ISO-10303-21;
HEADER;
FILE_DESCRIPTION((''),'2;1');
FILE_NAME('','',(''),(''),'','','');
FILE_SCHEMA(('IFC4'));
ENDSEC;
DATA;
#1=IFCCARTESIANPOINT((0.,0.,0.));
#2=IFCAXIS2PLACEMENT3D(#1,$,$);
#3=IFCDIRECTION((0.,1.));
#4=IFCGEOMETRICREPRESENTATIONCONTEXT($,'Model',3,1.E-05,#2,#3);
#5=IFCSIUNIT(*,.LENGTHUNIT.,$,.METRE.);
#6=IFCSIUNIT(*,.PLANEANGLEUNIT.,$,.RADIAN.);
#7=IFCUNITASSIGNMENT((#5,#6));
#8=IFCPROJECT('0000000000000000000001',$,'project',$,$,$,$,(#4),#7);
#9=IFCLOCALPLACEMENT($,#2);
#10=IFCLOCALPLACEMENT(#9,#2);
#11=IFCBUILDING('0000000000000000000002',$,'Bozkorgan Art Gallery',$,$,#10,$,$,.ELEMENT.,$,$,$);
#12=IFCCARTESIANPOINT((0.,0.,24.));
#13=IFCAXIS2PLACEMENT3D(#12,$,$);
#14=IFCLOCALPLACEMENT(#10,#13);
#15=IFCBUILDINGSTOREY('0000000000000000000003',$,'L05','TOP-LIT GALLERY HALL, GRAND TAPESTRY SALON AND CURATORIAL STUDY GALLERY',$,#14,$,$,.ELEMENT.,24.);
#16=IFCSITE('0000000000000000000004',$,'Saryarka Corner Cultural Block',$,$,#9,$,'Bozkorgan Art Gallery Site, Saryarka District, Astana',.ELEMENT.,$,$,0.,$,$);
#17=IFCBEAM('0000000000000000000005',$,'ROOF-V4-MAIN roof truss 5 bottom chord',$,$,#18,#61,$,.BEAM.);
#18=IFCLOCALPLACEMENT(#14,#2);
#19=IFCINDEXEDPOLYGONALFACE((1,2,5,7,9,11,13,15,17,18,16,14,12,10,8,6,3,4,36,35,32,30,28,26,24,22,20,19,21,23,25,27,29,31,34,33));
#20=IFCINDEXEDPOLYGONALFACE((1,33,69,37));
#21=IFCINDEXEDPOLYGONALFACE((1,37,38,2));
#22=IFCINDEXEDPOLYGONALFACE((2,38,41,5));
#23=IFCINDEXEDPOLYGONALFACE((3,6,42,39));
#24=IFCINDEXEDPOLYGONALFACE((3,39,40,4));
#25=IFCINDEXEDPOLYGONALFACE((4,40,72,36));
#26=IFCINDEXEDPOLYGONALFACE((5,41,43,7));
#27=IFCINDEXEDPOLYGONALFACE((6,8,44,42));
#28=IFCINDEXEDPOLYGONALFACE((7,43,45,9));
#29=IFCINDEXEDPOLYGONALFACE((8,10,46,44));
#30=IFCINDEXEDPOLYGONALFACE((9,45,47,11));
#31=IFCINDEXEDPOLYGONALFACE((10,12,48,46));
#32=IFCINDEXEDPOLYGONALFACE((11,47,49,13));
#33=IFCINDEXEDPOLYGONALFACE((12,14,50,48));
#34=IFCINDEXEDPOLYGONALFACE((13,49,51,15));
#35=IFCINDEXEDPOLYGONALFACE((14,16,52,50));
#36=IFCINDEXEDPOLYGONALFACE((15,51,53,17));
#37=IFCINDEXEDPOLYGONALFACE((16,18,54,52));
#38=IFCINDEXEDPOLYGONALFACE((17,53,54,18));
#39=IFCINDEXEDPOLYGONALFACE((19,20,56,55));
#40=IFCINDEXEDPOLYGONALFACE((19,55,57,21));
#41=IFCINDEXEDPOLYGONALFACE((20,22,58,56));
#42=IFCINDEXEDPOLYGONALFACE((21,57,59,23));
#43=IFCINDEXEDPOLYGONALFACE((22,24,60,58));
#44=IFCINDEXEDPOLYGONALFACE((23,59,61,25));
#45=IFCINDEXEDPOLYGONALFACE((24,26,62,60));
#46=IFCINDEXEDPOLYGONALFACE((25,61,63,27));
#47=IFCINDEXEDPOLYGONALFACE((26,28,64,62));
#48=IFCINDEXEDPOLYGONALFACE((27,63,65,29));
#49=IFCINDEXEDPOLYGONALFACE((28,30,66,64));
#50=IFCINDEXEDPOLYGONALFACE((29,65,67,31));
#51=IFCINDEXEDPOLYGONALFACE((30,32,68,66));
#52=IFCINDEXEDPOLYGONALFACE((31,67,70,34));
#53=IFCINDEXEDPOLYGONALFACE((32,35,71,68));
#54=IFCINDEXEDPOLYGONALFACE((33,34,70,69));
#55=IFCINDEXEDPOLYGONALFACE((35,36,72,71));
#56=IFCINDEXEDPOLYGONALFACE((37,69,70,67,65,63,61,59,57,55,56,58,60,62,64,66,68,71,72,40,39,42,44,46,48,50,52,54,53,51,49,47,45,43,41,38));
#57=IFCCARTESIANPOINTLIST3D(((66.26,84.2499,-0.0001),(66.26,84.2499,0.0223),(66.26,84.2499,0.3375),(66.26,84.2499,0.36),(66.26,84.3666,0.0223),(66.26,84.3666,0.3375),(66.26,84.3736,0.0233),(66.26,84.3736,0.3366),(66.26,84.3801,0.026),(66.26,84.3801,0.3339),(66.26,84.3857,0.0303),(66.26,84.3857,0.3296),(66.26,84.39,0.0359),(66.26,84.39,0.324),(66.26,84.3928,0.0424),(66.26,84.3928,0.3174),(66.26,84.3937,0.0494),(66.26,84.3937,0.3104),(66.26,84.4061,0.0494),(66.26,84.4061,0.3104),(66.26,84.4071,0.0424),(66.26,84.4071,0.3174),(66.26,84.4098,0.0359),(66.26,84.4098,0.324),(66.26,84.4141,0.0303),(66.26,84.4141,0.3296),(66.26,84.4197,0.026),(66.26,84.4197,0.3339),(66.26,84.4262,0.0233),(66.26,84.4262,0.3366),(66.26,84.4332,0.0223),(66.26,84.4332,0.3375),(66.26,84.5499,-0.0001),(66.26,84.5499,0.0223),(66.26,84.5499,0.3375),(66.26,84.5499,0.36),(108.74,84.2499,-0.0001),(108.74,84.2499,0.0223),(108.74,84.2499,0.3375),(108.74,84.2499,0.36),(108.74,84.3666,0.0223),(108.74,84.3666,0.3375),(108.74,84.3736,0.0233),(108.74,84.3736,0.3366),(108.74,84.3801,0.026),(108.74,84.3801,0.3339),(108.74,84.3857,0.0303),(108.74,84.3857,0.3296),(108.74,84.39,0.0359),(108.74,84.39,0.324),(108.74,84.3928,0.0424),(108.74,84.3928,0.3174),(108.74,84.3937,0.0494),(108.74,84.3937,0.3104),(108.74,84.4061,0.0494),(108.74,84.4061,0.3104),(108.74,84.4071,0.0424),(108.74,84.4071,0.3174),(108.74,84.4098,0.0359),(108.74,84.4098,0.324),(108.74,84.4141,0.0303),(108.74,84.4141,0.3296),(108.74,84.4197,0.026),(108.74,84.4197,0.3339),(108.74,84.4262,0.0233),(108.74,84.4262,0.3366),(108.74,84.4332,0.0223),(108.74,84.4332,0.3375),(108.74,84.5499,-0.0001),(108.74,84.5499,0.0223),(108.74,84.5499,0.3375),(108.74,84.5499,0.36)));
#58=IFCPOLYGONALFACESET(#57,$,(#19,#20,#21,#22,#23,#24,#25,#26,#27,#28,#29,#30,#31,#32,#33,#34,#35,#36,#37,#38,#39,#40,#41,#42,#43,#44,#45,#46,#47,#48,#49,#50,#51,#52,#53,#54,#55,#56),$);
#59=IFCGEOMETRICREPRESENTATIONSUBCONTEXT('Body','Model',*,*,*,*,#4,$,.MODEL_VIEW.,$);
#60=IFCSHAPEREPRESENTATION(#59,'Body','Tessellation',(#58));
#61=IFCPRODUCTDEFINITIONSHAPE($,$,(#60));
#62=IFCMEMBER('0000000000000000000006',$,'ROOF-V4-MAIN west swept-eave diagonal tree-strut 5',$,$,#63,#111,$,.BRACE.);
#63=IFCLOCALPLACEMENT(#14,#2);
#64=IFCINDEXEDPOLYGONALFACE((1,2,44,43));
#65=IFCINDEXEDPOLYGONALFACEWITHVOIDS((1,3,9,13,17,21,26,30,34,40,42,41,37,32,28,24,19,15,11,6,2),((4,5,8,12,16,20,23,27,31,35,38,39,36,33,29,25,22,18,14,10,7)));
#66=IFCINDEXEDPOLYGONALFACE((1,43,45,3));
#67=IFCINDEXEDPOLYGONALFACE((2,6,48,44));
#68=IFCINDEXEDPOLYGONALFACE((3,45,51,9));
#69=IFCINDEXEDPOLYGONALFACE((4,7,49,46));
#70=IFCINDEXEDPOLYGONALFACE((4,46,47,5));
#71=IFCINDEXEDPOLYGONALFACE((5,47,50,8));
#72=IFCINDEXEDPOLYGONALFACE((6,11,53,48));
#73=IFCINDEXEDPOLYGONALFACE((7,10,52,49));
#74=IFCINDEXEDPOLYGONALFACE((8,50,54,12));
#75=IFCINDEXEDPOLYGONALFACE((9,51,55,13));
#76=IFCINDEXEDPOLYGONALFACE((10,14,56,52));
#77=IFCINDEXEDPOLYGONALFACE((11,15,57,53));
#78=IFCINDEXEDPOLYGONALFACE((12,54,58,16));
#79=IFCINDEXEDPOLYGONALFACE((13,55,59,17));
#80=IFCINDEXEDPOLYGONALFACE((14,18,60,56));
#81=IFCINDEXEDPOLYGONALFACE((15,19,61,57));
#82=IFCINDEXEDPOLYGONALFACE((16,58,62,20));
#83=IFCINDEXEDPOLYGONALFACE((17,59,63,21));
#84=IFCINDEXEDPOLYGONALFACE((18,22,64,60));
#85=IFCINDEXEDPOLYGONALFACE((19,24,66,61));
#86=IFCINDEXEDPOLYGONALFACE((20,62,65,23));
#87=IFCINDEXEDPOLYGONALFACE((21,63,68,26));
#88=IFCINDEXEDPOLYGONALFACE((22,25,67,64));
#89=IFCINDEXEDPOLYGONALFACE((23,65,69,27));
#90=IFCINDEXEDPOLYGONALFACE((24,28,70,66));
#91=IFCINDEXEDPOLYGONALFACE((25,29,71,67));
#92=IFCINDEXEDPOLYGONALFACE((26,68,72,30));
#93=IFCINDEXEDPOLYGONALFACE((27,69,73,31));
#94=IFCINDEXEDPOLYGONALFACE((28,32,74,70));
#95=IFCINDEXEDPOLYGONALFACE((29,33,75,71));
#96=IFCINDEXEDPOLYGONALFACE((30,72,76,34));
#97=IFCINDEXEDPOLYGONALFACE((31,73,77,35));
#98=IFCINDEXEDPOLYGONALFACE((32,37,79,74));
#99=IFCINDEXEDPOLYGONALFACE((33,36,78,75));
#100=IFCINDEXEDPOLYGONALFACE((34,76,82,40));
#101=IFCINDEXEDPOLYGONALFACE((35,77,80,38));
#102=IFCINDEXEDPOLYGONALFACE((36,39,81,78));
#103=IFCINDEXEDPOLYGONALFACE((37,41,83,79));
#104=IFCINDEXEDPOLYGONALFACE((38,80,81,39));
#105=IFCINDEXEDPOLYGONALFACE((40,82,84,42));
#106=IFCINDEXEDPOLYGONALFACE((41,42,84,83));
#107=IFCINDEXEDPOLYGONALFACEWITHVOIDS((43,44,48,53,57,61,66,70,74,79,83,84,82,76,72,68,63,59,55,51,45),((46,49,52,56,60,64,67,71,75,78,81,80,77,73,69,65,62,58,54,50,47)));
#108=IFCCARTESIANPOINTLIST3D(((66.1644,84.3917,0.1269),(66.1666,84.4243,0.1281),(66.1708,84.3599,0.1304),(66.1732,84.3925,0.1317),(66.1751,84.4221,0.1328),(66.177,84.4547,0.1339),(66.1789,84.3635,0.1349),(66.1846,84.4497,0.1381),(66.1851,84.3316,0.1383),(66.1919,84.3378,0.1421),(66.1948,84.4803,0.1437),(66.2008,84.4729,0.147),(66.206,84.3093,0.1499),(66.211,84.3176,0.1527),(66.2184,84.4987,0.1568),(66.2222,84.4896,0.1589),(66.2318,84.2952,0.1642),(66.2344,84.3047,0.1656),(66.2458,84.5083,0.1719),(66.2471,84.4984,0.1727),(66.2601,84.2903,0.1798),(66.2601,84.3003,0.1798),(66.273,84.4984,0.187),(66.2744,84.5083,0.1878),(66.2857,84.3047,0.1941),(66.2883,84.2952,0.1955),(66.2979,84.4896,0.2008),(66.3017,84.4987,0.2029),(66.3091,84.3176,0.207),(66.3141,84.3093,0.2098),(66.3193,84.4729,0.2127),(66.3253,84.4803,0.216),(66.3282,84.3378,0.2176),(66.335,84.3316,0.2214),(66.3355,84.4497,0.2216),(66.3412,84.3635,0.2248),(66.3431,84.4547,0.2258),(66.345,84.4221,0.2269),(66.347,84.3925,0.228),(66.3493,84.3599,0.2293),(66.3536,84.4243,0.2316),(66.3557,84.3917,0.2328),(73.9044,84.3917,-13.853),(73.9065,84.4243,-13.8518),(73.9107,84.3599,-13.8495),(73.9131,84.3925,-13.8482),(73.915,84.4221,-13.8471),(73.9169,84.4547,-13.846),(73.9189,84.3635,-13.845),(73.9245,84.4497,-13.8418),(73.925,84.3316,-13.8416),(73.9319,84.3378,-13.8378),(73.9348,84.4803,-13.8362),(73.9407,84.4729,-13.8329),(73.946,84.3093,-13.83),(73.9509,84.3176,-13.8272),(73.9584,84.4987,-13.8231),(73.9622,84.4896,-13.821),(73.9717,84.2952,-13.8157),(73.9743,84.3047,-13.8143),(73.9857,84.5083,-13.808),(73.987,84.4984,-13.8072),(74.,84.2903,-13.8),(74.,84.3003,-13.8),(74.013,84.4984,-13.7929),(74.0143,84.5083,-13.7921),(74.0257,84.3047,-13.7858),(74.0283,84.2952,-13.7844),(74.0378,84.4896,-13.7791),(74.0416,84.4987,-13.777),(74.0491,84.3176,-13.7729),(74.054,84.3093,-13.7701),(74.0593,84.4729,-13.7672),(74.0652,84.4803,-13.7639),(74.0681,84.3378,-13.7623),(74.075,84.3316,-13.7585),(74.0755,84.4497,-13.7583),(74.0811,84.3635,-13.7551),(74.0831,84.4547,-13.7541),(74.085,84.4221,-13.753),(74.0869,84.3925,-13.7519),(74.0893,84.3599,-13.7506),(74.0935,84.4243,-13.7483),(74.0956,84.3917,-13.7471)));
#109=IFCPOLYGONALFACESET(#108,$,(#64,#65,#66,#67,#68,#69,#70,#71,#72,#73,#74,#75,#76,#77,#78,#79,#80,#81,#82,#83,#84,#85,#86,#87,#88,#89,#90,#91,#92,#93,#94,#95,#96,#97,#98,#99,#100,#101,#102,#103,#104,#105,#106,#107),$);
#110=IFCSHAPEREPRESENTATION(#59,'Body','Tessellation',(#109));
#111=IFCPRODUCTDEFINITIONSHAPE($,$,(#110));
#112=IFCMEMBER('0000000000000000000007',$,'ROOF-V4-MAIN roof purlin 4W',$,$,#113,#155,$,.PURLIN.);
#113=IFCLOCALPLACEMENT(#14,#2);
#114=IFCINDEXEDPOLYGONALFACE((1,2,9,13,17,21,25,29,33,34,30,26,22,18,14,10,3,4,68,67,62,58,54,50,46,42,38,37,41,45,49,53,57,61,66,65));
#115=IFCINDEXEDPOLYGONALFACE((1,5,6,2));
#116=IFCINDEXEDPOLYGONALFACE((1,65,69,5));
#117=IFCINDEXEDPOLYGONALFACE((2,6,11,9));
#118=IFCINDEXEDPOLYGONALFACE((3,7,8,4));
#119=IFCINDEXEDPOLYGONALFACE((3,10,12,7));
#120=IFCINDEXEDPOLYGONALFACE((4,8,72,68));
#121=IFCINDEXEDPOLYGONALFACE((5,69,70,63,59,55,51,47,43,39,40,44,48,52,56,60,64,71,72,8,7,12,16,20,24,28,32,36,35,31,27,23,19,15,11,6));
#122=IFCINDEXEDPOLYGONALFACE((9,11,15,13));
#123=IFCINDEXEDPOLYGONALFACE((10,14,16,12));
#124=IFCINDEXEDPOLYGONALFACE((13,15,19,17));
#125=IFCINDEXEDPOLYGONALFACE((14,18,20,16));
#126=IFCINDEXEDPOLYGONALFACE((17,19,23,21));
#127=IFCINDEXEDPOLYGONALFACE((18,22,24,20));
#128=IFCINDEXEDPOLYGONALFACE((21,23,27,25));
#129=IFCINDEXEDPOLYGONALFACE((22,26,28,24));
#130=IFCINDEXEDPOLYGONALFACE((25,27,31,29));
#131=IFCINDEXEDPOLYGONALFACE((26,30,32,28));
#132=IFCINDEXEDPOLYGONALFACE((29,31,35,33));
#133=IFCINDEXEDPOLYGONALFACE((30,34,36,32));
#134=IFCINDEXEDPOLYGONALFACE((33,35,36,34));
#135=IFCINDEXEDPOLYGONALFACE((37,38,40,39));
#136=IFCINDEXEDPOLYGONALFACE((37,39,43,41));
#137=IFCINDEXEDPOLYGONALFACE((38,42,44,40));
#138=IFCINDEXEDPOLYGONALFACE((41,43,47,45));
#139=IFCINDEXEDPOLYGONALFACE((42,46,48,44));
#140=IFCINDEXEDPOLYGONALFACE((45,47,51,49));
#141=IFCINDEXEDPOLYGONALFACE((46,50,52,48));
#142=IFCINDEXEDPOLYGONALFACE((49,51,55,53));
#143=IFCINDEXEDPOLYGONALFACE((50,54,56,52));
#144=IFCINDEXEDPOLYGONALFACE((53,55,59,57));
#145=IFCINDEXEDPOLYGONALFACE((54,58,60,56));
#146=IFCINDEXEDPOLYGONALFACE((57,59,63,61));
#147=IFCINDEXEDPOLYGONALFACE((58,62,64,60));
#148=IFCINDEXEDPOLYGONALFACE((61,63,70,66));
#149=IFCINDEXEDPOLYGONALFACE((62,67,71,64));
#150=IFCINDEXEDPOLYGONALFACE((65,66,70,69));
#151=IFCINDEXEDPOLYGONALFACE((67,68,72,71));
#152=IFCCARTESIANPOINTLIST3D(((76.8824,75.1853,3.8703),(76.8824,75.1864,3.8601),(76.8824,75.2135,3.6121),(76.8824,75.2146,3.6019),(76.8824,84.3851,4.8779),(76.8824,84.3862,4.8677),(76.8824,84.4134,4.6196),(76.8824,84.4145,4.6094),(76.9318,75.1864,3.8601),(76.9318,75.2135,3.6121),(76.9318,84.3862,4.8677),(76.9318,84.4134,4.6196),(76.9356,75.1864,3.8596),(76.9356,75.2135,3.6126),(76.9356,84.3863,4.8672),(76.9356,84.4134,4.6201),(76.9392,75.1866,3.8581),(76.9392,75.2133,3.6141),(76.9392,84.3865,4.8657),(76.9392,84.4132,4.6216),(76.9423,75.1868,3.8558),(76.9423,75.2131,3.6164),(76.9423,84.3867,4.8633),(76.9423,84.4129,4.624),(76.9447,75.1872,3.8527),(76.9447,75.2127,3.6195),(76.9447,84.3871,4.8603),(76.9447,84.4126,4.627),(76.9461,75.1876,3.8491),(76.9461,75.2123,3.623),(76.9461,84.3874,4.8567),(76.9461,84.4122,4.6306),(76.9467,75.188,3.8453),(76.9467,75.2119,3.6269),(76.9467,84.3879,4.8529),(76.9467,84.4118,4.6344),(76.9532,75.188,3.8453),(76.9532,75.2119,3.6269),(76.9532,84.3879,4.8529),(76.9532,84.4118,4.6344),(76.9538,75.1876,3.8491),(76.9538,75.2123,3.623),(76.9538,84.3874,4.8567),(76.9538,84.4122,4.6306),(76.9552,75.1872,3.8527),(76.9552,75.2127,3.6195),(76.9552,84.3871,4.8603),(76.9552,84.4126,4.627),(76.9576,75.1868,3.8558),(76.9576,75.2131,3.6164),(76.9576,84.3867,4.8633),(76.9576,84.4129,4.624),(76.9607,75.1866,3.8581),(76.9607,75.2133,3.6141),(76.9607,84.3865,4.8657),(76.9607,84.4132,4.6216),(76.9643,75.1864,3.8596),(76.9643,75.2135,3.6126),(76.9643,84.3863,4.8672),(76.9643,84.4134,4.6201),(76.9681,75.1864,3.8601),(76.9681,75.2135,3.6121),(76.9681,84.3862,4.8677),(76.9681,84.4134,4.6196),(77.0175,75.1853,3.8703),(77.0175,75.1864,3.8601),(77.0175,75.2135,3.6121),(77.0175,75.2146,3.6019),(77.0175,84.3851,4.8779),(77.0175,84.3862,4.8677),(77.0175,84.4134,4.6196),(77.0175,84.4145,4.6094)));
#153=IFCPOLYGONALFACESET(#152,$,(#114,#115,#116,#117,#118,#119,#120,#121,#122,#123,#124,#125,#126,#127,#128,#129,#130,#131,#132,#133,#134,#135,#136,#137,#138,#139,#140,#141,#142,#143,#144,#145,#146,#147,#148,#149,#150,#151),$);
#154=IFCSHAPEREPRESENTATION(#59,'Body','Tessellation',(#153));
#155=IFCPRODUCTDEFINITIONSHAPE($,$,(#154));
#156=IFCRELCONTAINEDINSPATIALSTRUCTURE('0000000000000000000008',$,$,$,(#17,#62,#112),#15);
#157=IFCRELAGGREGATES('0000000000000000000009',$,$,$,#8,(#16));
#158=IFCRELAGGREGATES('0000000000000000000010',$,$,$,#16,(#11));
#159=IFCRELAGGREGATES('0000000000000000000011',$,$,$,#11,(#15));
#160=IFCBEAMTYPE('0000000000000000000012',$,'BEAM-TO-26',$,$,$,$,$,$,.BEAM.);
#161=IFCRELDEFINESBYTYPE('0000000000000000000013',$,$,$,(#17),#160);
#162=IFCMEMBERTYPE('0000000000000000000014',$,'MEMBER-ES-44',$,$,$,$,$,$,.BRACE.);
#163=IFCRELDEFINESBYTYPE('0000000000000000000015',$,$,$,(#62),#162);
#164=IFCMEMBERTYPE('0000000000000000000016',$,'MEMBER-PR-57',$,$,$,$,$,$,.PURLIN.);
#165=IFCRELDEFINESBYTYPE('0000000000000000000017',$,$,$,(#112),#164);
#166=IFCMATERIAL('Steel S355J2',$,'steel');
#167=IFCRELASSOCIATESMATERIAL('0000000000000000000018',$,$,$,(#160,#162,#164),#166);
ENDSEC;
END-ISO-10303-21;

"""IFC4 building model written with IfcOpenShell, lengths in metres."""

from ifc_helpers import new_model, si_unit, direction, frame, origin, origin_2d, place, context, subcontext, project, spatial, hollow_circle, i_section, extrude, material, material_profile, profile_set, type_object, element, save


model = new_model("IFC4")

# Units and contexts
model_context = context("Model", 3, precision=1e-05, world=origin(), true_north=direction((0.0, 1.0)))
body_context = subcontext(model_context, "Body", "Model", "MODEL_VIEW")
ifc_project = project(units=[si_unit("LENGTHUNIT", "METRE"), si_unit("PLANEANGLEUNIT", "RADIAN")], contexts=[model_context])

# Site, building, storey
site_placement = place(None, origin())
site = spatial("IfcSite", under=ifc_project, at=site_placement, Name="Saryarka Corner Cultural Block", LongName="Bozkorgan Art Gallery Site, Saryarka District, Astana", CompositionType="ELEMENT", RefElevation=0.0)
building_placement = place(site_placement, origin())
building = spatial("IfcBuilding", under=site, at=building_placement, Name="Bozkorgan Art Gallery", CompositionType="ELEMENT")
storey_placement = place(building_placement, frame((0.0, 0.0, 24.0)))
storey = spatial("IfcBuildingStorey", under=building, at=storey_placement, Name="L05", Description="TOP-LIT GALLERY HALL, GRAND TAPESTRY SALON AND CURATORIAL STUDY GALLERY", CompositionType="ELEMENT", Elevation=24.0)

# Beam
ifc_material = material(Name="Steel S355J2", Category="steel")
ifc_material_profile_1 = material_profile(ifc_material, i_section(OverallWidth=0.3, OverallDepth=0.3601, WebThickness=0.0125, FlangeThickness=0.0225, FilletRadius=0.0271, at=origin_2d()), Name="HEB 360")
ifc_profile_set_1 = profile_set([ifc_material_profile_1], Name="Steel S355J2")
beam_type = type_object("IfcBeamType", Name="BEAM-TO-26", PredefinedType="BEAM", material=ifc_profile_set_1)
beam_placement = place(storey_placement, frame((66.26, 84.3999, 0.1799), z_axis=(1.0, 0.0, 0.0), x_axis=(0.0, 1.0, 0.0)))
element("IfcBeam", 1, at=beam_placement, inside=storey, type_object=beam_type, Name="ROOF-V4-MAIN roof truss 5 bottom chord", PredefinedType="BEAM", context=body_context, shape_type="SweptSolid", body=[
    extrude(i_section(OverallWidth=0.3, OverallDepth=0.3601, WebThickness=0.0125, FlangeThickness=0.0225, FilletRadius=0.0271, at=origin_2d()), origin(), (0.0, 0.0, 1.0), 42.48),
])

# Members
ifc_material_profile_2 = material_profile(ifc_material, hollow_circle(Radius=0.1096, WallThickness=0.01, at=origin_2d()), Name="CHS 219.1x10")
ifc_profile_set_2 = profile_set([ifc_material_profile_2], Name="Steel S355J2")
member_type_1 = type_object("IfcMemberType", Name="MEMBER-ES-44", PredefinedType="BRACE", material=ifc_profile_set_2)
member_1_placement = place(storey_placement, frame((74.0, 84.3999, -13.8), z_axis=(-0.484367, 0.0, 0.874865), x_axis=(0.0, -1.0, 0.0)))
element("IfcMember", 2, at=member_1_placement, inside=storey, type_object=member_type_1, Name="ROOF-V4-MAIN west swept-eave diagonal tree-strut 5", PredefinedType="BRACE", context=body_context, shape_type="SweptSolid", body=[
    extrude(hollow_circle(Radius=0.1096, WallThickness=0.01, at=origin_2d()), origin(), (0.0, 0.0, 1.0), 15.9795),
])
ifc_material_profile_3 = material_profile(ifc_material, i_section(OverallWidth=0.135, OverallDepth=0.27, WebThickness=0.0066, FlangeThickness=0.0103, FilletRadius=0.0149, at=origin_2d()), Name="IPE 270")
ifc_profile_set_3 = profile_set([ifc_material_profile_3], Name="Steel S355J2")
member_type_2 = type_object("IfcMemberType", Name="MEMBER-PR-57", PredefinedType="PURLIN", material=ifc_profile_set_3)
member_2_placement = place(storey_placement, frame((76.95, 75.2, 3.7361), z_axis=(0.0, 0.994056, 0.108868), x_axis=(-1.0, 0.0, 0.0)))
element("IfcMember", 3, at=member_2_placement, inside=storey, type_object=member_type_2, Name="ROOF-V4-MAIN roof purlin 4W", PredefinedType="PURLIN", context=body_context, shape_type="SweptSolid", body=[
    extrude(i_section(OverallWidth=0.135, OverallDepth=0.27, WebThickness=0.0066, FlangeThickness=0.0103, FilletRadius=0.0149, at=origin_2d()), origin(), (0.0, 0.0, 1.0), 9.2549),
])

save(model, "model.ifc")
